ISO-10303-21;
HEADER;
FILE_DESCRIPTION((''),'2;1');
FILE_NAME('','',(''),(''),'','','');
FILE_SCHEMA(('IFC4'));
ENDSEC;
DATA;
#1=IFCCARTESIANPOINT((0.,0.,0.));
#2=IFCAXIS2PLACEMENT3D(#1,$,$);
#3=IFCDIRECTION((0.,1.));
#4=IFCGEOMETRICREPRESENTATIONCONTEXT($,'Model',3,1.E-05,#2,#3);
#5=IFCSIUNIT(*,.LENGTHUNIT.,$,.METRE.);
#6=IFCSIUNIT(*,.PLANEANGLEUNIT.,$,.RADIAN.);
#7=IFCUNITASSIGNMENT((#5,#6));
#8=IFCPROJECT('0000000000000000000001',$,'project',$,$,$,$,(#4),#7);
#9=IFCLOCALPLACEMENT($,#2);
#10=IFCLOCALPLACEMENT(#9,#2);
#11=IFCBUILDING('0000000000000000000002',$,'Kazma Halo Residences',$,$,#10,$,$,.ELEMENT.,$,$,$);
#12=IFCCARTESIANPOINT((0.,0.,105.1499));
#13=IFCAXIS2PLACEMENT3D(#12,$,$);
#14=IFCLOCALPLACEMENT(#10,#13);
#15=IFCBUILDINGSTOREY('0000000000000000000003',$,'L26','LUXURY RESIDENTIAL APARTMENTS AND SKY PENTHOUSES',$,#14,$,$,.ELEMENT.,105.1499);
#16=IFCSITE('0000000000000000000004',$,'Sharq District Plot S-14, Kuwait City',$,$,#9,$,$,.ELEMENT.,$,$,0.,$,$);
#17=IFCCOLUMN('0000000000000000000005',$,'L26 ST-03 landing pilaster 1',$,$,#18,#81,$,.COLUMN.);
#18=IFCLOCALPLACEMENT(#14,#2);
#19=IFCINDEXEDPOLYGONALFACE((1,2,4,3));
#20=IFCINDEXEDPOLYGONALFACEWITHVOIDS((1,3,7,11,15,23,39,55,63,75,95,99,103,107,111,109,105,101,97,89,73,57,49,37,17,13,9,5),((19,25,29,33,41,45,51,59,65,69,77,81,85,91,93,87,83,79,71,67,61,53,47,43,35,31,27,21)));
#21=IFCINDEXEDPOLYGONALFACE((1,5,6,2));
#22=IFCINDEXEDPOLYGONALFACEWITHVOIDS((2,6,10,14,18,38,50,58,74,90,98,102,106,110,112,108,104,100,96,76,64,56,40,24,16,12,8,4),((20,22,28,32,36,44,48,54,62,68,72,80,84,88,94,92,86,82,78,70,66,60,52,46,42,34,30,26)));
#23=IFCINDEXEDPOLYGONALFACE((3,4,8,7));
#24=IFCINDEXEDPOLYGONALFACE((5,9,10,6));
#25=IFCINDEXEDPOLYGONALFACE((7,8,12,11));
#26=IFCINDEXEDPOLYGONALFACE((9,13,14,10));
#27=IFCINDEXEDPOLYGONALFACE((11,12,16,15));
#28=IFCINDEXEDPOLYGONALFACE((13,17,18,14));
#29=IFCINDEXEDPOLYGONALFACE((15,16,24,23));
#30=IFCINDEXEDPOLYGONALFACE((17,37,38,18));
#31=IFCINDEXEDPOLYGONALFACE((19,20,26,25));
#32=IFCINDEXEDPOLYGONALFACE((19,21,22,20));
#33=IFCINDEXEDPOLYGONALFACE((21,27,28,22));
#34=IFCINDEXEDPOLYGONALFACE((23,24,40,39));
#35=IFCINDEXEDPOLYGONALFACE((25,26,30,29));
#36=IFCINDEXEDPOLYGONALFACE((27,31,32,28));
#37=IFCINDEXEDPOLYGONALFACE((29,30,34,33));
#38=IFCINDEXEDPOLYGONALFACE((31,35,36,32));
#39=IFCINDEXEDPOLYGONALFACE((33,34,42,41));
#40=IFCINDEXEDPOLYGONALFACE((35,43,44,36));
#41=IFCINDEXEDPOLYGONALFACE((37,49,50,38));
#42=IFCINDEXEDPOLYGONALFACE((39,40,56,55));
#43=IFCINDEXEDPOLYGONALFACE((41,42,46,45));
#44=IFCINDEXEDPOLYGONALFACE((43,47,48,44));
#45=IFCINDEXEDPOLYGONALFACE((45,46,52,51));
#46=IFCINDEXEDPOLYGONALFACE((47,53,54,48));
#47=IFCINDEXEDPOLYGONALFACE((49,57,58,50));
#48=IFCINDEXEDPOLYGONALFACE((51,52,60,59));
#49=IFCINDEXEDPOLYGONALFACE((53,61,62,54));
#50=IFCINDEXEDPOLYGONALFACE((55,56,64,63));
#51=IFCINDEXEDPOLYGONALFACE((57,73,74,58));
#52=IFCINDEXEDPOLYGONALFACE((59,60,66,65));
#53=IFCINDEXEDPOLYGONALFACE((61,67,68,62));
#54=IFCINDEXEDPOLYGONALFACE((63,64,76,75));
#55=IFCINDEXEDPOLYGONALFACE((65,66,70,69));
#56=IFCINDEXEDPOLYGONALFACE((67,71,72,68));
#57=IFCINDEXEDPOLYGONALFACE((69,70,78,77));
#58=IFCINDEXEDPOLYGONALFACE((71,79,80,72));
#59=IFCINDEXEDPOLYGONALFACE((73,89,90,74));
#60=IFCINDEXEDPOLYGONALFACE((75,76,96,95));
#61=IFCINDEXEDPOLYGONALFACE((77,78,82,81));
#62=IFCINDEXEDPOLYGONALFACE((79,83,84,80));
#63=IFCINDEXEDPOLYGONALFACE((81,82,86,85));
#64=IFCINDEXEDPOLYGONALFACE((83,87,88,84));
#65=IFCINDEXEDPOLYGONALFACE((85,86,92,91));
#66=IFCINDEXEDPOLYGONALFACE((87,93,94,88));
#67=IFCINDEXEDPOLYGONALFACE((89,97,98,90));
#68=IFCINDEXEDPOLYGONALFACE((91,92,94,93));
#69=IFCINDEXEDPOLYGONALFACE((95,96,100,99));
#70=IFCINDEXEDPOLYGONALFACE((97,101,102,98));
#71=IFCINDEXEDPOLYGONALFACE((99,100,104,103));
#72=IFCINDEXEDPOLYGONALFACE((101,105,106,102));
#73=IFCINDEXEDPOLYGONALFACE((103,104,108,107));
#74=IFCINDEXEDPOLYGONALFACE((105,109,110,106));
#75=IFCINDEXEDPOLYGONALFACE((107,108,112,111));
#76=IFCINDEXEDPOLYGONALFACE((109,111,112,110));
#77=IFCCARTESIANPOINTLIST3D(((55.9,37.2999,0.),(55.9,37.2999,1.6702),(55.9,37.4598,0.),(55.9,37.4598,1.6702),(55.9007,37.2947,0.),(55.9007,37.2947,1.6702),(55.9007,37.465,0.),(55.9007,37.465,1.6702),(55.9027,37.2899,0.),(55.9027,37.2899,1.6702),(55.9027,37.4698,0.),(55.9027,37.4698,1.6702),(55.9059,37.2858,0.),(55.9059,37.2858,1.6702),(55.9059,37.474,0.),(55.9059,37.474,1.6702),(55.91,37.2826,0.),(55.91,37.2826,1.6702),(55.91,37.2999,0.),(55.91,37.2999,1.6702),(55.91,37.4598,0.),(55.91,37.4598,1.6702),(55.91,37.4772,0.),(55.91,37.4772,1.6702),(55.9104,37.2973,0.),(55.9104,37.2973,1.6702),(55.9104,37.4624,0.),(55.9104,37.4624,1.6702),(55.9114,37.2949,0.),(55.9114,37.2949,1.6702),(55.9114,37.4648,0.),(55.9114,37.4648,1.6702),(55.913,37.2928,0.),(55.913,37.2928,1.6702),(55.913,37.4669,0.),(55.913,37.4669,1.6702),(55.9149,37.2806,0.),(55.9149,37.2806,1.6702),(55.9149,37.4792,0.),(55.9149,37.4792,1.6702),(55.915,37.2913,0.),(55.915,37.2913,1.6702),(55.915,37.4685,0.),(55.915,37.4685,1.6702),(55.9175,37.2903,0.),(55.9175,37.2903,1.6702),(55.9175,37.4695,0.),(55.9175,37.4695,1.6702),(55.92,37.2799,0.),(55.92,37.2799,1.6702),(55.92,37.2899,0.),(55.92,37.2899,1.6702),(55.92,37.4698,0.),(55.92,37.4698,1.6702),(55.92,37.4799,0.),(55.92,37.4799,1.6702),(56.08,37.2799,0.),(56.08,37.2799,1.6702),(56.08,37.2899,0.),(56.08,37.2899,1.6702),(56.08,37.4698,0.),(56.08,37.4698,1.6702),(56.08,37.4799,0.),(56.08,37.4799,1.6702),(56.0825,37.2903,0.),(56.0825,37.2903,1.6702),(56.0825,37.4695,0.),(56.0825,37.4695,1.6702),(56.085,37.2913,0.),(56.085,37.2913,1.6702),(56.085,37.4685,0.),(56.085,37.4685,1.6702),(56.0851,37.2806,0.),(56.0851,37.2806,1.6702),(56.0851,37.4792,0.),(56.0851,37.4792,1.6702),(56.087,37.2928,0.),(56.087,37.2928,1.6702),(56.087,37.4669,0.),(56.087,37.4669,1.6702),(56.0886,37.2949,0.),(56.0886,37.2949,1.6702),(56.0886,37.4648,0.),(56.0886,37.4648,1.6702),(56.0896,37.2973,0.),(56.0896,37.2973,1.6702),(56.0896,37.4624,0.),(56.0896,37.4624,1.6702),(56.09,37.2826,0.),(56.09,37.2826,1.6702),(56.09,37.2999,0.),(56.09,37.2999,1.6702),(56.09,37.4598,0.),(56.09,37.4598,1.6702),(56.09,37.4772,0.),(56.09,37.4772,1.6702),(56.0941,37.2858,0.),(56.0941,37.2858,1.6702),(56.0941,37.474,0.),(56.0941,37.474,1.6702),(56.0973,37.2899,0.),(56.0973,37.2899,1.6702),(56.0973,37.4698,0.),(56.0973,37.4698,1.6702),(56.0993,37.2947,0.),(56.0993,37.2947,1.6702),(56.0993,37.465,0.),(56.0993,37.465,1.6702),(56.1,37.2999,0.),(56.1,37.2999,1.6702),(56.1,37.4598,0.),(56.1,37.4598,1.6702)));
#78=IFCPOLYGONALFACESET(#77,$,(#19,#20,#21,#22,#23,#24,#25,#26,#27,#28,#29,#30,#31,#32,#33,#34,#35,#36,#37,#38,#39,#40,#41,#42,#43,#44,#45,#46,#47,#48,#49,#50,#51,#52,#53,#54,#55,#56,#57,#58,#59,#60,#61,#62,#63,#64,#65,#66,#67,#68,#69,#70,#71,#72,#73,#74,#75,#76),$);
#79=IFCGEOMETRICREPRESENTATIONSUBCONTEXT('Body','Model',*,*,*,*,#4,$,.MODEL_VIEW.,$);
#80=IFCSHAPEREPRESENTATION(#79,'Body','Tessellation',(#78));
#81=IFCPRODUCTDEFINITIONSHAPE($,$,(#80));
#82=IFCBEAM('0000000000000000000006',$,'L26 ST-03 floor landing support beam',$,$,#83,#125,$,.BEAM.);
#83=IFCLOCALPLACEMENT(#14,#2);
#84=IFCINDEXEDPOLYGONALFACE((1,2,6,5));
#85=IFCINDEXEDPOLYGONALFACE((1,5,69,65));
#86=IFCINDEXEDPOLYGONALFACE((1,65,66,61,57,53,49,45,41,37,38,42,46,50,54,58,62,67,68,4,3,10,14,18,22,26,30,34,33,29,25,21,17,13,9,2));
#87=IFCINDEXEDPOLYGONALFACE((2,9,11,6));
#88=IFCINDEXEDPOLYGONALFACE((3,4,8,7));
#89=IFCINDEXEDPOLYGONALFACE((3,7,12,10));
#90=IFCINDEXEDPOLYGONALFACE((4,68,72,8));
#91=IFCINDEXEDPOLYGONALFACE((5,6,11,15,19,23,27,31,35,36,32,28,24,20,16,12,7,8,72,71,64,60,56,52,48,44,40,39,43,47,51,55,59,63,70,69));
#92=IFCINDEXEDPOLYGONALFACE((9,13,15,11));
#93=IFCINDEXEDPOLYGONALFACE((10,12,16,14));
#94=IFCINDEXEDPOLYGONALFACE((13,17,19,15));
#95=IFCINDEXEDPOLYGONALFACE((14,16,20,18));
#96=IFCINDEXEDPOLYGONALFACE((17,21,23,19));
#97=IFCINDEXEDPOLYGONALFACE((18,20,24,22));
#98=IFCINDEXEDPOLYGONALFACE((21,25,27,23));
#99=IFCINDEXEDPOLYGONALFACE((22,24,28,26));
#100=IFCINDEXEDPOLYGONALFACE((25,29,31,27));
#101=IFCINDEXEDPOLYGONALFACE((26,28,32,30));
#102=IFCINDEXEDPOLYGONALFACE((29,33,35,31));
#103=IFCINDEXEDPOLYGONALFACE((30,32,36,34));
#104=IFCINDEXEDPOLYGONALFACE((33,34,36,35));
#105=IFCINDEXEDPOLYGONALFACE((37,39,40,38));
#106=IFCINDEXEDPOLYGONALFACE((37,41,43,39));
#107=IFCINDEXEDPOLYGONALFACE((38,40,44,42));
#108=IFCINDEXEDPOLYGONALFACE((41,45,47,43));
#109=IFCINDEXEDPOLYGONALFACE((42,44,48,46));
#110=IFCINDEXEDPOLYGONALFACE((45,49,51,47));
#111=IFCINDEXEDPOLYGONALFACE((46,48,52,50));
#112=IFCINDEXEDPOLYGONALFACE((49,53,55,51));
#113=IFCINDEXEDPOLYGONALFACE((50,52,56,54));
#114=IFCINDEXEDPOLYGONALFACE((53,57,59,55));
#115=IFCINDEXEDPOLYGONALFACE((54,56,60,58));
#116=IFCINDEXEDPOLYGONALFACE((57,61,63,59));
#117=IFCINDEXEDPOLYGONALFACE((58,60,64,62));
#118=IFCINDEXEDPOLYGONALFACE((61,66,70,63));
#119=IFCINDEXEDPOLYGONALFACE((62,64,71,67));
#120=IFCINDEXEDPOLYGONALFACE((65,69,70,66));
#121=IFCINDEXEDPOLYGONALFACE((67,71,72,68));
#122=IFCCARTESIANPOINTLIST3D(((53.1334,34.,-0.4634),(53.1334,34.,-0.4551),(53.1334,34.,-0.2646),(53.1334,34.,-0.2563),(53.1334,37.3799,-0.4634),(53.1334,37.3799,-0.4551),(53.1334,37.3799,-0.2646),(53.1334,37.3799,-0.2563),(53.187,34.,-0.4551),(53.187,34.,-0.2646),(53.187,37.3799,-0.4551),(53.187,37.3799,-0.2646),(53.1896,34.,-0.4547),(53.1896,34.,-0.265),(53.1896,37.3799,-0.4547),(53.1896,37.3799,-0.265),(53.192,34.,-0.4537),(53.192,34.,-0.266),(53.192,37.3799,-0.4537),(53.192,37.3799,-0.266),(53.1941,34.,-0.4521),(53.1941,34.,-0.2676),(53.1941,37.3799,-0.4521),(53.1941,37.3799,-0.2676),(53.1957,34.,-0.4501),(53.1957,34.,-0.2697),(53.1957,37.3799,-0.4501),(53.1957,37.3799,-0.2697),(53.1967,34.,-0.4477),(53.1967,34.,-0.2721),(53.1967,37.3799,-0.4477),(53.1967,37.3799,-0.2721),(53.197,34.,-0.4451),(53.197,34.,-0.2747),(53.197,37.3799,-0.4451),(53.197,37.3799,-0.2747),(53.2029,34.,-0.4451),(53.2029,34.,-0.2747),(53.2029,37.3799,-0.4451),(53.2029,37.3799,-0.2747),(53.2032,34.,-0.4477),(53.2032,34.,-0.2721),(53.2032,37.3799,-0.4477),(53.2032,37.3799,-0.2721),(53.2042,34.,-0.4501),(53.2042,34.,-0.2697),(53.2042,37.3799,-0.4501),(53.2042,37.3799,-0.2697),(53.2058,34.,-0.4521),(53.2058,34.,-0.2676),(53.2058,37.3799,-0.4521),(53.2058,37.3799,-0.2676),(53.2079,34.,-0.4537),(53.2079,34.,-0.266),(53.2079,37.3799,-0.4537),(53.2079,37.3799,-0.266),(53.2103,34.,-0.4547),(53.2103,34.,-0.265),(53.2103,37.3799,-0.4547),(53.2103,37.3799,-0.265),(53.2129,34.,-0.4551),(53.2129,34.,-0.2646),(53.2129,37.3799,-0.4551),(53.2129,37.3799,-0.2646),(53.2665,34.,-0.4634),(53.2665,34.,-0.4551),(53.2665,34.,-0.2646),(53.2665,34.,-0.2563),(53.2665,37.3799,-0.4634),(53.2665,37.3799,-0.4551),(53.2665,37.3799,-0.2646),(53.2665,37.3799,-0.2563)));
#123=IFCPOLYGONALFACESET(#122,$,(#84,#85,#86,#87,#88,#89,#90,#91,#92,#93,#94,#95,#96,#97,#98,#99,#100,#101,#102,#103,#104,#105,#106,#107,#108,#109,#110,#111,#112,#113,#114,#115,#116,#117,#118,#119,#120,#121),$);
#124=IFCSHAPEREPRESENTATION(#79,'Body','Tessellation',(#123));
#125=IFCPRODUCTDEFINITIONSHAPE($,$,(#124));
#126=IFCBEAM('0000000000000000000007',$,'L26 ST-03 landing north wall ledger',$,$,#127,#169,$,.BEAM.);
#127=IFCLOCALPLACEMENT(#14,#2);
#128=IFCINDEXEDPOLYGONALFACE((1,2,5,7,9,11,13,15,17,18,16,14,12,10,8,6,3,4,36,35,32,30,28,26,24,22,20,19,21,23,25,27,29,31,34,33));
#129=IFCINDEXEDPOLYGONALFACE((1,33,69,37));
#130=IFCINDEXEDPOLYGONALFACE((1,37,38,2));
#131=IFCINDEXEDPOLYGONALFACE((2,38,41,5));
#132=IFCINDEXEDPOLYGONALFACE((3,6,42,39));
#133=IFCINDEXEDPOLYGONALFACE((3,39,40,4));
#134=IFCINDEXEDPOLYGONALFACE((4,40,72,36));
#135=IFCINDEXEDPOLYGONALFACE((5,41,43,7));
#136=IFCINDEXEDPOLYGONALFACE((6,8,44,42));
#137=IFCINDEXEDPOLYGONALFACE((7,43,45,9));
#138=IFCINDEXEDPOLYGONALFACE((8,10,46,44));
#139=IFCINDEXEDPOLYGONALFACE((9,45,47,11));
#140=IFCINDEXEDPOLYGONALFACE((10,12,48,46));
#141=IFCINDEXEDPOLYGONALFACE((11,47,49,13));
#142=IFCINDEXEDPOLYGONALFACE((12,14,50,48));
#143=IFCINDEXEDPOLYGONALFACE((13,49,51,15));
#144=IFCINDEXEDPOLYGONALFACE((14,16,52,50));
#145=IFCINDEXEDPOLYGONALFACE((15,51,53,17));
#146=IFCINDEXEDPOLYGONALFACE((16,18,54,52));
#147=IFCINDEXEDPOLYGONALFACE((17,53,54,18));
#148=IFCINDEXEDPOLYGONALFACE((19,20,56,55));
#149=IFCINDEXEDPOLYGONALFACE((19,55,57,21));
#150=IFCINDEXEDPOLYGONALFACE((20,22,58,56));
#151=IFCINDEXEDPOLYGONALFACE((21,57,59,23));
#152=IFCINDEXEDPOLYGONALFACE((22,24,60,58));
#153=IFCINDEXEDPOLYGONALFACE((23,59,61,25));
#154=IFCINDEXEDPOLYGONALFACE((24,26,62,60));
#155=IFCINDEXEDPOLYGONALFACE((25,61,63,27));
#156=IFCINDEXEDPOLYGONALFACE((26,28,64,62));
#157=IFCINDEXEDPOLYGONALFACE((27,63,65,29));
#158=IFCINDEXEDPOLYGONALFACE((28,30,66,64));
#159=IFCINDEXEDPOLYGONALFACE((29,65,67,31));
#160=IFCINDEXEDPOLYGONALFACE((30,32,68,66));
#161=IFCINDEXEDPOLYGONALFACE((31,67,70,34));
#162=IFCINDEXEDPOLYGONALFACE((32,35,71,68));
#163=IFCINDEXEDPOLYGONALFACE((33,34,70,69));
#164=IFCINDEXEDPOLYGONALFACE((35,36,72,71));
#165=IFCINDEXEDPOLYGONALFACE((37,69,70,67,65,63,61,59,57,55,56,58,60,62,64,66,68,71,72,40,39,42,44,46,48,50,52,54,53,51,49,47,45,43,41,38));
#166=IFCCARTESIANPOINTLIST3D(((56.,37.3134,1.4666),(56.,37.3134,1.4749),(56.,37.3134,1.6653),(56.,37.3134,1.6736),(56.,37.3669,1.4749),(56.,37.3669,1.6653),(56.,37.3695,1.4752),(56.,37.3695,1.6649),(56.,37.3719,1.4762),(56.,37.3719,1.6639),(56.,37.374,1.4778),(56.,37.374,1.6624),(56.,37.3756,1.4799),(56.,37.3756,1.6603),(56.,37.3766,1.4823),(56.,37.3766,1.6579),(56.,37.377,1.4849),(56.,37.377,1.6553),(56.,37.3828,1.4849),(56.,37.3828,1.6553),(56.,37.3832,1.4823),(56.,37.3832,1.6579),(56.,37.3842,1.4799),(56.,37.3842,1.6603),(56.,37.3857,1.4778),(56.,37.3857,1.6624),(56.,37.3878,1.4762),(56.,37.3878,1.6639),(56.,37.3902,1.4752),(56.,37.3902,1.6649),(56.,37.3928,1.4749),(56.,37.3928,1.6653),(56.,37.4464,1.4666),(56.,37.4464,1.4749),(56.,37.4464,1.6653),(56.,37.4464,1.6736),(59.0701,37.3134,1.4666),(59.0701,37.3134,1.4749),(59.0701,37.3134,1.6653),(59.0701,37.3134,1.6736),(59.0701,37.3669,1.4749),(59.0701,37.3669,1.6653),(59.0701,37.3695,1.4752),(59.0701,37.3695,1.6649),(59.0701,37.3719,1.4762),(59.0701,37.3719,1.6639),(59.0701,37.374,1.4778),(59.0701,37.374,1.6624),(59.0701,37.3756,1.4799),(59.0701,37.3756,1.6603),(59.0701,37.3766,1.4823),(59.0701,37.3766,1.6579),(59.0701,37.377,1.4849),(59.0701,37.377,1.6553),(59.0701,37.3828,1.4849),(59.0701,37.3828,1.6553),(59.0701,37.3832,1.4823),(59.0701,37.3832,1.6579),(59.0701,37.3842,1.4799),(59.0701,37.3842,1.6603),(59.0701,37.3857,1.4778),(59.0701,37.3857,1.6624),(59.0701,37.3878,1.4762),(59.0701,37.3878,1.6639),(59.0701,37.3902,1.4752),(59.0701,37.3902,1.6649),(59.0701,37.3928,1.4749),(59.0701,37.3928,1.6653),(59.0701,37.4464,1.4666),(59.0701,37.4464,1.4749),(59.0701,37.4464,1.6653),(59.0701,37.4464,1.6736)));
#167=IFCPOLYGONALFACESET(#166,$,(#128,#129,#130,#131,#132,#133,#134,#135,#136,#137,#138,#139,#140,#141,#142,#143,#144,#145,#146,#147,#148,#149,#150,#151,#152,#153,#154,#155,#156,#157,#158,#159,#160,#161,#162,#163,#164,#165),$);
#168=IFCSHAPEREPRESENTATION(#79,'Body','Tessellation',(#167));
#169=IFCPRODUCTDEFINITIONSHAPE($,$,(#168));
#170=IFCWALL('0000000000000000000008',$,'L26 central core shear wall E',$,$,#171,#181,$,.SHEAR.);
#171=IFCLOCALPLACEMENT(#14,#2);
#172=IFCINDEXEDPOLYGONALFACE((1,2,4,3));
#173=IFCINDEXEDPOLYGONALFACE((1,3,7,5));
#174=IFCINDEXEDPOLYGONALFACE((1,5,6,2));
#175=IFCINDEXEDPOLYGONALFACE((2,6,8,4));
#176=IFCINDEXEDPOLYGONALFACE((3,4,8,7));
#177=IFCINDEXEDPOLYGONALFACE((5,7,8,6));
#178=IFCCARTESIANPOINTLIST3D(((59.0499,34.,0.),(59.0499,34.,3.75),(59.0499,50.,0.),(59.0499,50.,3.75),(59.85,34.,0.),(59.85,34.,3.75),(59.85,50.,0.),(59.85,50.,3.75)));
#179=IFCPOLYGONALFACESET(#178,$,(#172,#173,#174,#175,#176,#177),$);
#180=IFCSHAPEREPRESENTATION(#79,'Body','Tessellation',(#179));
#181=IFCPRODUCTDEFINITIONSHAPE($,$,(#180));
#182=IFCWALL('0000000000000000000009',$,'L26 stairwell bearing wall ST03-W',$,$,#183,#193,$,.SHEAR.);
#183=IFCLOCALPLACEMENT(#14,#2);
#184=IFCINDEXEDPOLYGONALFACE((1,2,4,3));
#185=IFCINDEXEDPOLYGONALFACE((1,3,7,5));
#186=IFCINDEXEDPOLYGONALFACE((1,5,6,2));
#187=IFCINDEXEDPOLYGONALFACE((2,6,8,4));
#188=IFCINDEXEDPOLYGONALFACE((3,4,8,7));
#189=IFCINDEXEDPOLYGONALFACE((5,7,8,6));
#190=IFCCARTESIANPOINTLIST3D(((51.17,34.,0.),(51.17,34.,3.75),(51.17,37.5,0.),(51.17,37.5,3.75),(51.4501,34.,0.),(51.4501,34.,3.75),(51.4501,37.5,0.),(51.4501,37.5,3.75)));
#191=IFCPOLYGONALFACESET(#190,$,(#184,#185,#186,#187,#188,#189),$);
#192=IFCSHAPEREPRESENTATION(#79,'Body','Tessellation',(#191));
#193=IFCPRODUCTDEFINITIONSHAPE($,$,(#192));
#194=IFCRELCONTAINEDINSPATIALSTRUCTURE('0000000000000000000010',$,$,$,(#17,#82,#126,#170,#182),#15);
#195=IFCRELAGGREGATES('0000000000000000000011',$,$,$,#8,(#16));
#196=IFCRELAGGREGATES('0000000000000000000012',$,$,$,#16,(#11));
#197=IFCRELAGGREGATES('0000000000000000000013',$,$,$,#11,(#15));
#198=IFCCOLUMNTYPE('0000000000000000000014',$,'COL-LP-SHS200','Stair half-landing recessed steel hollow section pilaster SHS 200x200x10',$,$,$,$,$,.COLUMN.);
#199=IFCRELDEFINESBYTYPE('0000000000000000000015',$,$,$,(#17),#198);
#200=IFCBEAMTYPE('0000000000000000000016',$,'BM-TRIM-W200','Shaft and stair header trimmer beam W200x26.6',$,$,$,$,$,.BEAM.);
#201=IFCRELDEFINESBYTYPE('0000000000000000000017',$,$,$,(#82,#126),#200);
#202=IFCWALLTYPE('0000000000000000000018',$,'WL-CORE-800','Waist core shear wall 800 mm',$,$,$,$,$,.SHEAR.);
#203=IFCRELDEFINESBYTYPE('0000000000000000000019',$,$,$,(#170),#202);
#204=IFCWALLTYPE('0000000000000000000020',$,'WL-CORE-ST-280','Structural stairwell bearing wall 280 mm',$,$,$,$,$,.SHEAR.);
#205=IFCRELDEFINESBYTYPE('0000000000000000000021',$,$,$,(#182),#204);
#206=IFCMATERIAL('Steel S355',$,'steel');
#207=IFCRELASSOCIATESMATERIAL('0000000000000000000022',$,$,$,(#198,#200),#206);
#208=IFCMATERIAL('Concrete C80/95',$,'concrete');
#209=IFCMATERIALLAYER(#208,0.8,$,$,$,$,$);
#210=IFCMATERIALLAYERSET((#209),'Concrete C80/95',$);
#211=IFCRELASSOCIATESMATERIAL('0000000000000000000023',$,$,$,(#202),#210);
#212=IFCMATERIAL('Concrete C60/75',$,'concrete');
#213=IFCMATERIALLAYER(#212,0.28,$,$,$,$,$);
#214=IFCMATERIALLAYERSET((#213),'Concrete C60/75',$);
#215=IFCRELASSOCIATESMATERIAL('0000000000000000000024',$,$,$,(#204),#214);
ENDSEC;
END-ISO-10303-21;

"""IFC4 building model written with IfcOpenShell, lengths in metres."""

from ifc_helpers import new_model, si_unit, direction, frame, frame_2d, origin, origin_2d, place, context, subcontext, project, spatial, rectangle, hollow_rectangle, i_section, extrude, material, layer, layer_set, material_profile, profile_set, type_object, element, save


model = new_model("IFC4")

# Units and contexts
model_context = context("Model", 3, precision=1e-05, world=origin(), true_north=direction((0.0, 1.0)))
body_context = subcontext(model_context, "Body", "Model", "MODEL_VIEW")
ifc_project = project(units=[si_unit("LENGTHUNIT", "METRE"), si_unit("PLANEANGLEUNIT", "RADIAN")], contexts=[model_context])

# Site, building, storey
site_placement = place(None, origin())
site = spatial("IfcSite", under=ifc_project, at=site_placement, Name="Sharq District Plot S-14, Kuwait City", CompositionType="ELEMENT", RefElevation=0.0)
building_placement = place(site_placement, origin())
building = spatial("IfcBuilding", under=site, at=building_placement, Name="Kazma Halo Residences", CompositionType="ELEMENT")
storey_placement = place(building_placement, frame((0.0, 0.0, 105.1499)))
storey = spatial("IfcBuildingStorey", under=building, at=storey_placement, Name="L26", Description="LUXURY RESIDENTIAL APARTMENTS AND SKY PENTHOUSES", CompositionType="ELEMENT", Elevation=105.1499)

# Column
ifc_material_1 = material(Name="Steel S355", Category="steel")
ifc_material_profile_1 = material_profile(ifc_material_1, hollow_rectangle(XDim=0.2, YDim=0.2, WallThickness=0.01, InnerFilletRadius=0.01, OuterFilletRadius=0.02, at=origin_2d()), Name="SHS200x200x10")
ifc_profile_set_1 = profile_set([ifc_material_profile_1], Name="Steel S355")
column_type = type_object("IfcColumnType", Name="COL-LP-SHS200", Description="Stair half-landing recessed steel hollow section pilaster SHS 200x200x10", PredefinedType="COLUMN", material=ifc_profile_set_1)
column_placement = place(storey_placement, frame((56.0, 37.3799, 0.0), z_axis=(0.0, 0.0, 1.0), x_axis=(1.0, 0.0, 0.0)))
element("IfcColumn", 1, at=column_placement, inside=storey, type_object=column_type, Name="L26 ST-03 landing pilaster 1", PredefinedType="COLUMN", context=body_context, shape_type="SweptSolid", body=[
    extrude(hollow_rectangle(XDim=0.2, YDim=0.2, WallThickness=0.01, InnerFilletRadius=0.01, OuterFilletRadius=0.02, at=origin_2d()), origin(), (0.0, 0.0, 1.0), 1.6702),
])

# Beams
ifc_material_profile_2 = material_profile(ifc_material_1, i_section(OverallWidth=0.1331, OverallDepth=0.207, WebThickness=0.0059, FlangeThickness=0.0083, FilletRadius=0.01, at=origin_2d()), Name="W200x26.6")
ifc_profile_set_2 = profile_set([ifc_material_profile_2], Name="Steel S355")
beam_type = type_object("IfcBeamType", Name="BM-TRIM-W200", Description="Shaft and stair header trimmer beam W200x26.6", PredefinedType="BEAM", material=ifc_profile_set_2)
beam_1_placement = place(storey_placement, frame((53.2, 34.0, -0.3599), z_axis=(0.0, 1.0, 0.0), x_axis=(-1.0, 0.0, 0.0)))
element("IfcBeam", 2, at=beam_1_placement, inside=storey, type_object=beam_type, Name="L26 ST-03 floor landing support beam", PredefinedType="BEAM", context=body_context, shape_type="SweptSolid", body=[
    extrude(i_section(OverallWidth=0.1331, OverallDepth=0.207, WebThickness=0.0059, FlangeThickness=0.0083, FilletRadius=0.01, at=origin_2d()), origin(), (0.0, 0.0, 1.0), 3.3799),
])
beam_2_placement = place(storey_placement, frame((56.0, 37.3799, 1.5701), z_axis=(1.0, 0.0, 0.0), x_axis=(0.0, 1.0, 0.0)))
element("IfcBeam", 3, at=beam_2_placement, inside=storey, type_object=beam_type, Name="L26 ST-03 landing north wall ledger", PredefinedType="BEAM", context=body_context, shape_type="SweptSolid", body=[
    extrude(i_section(OverallWidth=0.1331, OverallDepth=0.207, WebThickness=0.0059, FlangeThickness=0.0083, FilletRadius=0.01, at=origin_2d()), origin(), (0.0, 0.0, 1.0), 3.0701),
])

# Walls
ifc_material_2 = material(Name="Concrete C80/95", Category="concrete")
ifc_layer_1 = layer(ifc_material_2, 0.8)
ifc_layer_set_1 = layer_set([ifc_layer_1], Name="Concrete C80/95")
wall_type_1 = type_object("IfcWallType", Name="WL-CORE-800", Description="Waist core shear wall 800 mm", PredefinedType="SHEAR", material=ifc_layer_set_1)
wall_1_placement = place(storey_placement, frame((59.45, 34.0, 0.0), z_axis=(0.0, 0.0, 1.0), x_axis=(0.0, 1.0, 0.0)))
element("IfcWall", 4, at=wall_1_placement, inside=storey, type_object=wall_type_1, Name="L26 central core shear wall E", PredefinedType="SHEAR", context=body_context, shape_type="SweptSolid", body=[
    extrude(rectangle(XDim=16.0, YDim=0.8, at=frame_2d((8.0, 0.0))), origin(), (0.0, 0.0, 1.0), 3.75),
])
ifc_material_3 = material(Name="Concrete C60/75", Category="concrete")
ifc_layer_2 = layer(ifc_material_3, 0.28)
ifc_layer_set_2 = layer_set([ifc_layer_2], Name="Concrete C60/75")
wall_type_2 = type_object("IfcWallType", Name="WL-CORE-ST-280", Description="Structural stairwell bearing wall 280 mm", PredefinedType="SHEAR", material=ifc_layer_set_2)
wall_2_placement = place(storey_placement, frame((51.3101, 34.0, 0.0), z_axis=(0.0, 0.0, 1.0), x_axis=(0.0, 1.0, 0.0)))
element("IfcWall", 5, at=wall_2_placement, inside=storey, type_object=wall_type_2, Name="L26 stairwell bearing wall ST03-W", PredefinedType="SHEAR", context=body_context, shape_type="SweptSolid", body=[
    extrude(rectangle(XDim=3.5, YDim=0.28, at=frame_2d((1.75, 0.0))), origin(), (0.0, 0.0, 1.0), 3.75),
])

save(model, "model.ifc")
